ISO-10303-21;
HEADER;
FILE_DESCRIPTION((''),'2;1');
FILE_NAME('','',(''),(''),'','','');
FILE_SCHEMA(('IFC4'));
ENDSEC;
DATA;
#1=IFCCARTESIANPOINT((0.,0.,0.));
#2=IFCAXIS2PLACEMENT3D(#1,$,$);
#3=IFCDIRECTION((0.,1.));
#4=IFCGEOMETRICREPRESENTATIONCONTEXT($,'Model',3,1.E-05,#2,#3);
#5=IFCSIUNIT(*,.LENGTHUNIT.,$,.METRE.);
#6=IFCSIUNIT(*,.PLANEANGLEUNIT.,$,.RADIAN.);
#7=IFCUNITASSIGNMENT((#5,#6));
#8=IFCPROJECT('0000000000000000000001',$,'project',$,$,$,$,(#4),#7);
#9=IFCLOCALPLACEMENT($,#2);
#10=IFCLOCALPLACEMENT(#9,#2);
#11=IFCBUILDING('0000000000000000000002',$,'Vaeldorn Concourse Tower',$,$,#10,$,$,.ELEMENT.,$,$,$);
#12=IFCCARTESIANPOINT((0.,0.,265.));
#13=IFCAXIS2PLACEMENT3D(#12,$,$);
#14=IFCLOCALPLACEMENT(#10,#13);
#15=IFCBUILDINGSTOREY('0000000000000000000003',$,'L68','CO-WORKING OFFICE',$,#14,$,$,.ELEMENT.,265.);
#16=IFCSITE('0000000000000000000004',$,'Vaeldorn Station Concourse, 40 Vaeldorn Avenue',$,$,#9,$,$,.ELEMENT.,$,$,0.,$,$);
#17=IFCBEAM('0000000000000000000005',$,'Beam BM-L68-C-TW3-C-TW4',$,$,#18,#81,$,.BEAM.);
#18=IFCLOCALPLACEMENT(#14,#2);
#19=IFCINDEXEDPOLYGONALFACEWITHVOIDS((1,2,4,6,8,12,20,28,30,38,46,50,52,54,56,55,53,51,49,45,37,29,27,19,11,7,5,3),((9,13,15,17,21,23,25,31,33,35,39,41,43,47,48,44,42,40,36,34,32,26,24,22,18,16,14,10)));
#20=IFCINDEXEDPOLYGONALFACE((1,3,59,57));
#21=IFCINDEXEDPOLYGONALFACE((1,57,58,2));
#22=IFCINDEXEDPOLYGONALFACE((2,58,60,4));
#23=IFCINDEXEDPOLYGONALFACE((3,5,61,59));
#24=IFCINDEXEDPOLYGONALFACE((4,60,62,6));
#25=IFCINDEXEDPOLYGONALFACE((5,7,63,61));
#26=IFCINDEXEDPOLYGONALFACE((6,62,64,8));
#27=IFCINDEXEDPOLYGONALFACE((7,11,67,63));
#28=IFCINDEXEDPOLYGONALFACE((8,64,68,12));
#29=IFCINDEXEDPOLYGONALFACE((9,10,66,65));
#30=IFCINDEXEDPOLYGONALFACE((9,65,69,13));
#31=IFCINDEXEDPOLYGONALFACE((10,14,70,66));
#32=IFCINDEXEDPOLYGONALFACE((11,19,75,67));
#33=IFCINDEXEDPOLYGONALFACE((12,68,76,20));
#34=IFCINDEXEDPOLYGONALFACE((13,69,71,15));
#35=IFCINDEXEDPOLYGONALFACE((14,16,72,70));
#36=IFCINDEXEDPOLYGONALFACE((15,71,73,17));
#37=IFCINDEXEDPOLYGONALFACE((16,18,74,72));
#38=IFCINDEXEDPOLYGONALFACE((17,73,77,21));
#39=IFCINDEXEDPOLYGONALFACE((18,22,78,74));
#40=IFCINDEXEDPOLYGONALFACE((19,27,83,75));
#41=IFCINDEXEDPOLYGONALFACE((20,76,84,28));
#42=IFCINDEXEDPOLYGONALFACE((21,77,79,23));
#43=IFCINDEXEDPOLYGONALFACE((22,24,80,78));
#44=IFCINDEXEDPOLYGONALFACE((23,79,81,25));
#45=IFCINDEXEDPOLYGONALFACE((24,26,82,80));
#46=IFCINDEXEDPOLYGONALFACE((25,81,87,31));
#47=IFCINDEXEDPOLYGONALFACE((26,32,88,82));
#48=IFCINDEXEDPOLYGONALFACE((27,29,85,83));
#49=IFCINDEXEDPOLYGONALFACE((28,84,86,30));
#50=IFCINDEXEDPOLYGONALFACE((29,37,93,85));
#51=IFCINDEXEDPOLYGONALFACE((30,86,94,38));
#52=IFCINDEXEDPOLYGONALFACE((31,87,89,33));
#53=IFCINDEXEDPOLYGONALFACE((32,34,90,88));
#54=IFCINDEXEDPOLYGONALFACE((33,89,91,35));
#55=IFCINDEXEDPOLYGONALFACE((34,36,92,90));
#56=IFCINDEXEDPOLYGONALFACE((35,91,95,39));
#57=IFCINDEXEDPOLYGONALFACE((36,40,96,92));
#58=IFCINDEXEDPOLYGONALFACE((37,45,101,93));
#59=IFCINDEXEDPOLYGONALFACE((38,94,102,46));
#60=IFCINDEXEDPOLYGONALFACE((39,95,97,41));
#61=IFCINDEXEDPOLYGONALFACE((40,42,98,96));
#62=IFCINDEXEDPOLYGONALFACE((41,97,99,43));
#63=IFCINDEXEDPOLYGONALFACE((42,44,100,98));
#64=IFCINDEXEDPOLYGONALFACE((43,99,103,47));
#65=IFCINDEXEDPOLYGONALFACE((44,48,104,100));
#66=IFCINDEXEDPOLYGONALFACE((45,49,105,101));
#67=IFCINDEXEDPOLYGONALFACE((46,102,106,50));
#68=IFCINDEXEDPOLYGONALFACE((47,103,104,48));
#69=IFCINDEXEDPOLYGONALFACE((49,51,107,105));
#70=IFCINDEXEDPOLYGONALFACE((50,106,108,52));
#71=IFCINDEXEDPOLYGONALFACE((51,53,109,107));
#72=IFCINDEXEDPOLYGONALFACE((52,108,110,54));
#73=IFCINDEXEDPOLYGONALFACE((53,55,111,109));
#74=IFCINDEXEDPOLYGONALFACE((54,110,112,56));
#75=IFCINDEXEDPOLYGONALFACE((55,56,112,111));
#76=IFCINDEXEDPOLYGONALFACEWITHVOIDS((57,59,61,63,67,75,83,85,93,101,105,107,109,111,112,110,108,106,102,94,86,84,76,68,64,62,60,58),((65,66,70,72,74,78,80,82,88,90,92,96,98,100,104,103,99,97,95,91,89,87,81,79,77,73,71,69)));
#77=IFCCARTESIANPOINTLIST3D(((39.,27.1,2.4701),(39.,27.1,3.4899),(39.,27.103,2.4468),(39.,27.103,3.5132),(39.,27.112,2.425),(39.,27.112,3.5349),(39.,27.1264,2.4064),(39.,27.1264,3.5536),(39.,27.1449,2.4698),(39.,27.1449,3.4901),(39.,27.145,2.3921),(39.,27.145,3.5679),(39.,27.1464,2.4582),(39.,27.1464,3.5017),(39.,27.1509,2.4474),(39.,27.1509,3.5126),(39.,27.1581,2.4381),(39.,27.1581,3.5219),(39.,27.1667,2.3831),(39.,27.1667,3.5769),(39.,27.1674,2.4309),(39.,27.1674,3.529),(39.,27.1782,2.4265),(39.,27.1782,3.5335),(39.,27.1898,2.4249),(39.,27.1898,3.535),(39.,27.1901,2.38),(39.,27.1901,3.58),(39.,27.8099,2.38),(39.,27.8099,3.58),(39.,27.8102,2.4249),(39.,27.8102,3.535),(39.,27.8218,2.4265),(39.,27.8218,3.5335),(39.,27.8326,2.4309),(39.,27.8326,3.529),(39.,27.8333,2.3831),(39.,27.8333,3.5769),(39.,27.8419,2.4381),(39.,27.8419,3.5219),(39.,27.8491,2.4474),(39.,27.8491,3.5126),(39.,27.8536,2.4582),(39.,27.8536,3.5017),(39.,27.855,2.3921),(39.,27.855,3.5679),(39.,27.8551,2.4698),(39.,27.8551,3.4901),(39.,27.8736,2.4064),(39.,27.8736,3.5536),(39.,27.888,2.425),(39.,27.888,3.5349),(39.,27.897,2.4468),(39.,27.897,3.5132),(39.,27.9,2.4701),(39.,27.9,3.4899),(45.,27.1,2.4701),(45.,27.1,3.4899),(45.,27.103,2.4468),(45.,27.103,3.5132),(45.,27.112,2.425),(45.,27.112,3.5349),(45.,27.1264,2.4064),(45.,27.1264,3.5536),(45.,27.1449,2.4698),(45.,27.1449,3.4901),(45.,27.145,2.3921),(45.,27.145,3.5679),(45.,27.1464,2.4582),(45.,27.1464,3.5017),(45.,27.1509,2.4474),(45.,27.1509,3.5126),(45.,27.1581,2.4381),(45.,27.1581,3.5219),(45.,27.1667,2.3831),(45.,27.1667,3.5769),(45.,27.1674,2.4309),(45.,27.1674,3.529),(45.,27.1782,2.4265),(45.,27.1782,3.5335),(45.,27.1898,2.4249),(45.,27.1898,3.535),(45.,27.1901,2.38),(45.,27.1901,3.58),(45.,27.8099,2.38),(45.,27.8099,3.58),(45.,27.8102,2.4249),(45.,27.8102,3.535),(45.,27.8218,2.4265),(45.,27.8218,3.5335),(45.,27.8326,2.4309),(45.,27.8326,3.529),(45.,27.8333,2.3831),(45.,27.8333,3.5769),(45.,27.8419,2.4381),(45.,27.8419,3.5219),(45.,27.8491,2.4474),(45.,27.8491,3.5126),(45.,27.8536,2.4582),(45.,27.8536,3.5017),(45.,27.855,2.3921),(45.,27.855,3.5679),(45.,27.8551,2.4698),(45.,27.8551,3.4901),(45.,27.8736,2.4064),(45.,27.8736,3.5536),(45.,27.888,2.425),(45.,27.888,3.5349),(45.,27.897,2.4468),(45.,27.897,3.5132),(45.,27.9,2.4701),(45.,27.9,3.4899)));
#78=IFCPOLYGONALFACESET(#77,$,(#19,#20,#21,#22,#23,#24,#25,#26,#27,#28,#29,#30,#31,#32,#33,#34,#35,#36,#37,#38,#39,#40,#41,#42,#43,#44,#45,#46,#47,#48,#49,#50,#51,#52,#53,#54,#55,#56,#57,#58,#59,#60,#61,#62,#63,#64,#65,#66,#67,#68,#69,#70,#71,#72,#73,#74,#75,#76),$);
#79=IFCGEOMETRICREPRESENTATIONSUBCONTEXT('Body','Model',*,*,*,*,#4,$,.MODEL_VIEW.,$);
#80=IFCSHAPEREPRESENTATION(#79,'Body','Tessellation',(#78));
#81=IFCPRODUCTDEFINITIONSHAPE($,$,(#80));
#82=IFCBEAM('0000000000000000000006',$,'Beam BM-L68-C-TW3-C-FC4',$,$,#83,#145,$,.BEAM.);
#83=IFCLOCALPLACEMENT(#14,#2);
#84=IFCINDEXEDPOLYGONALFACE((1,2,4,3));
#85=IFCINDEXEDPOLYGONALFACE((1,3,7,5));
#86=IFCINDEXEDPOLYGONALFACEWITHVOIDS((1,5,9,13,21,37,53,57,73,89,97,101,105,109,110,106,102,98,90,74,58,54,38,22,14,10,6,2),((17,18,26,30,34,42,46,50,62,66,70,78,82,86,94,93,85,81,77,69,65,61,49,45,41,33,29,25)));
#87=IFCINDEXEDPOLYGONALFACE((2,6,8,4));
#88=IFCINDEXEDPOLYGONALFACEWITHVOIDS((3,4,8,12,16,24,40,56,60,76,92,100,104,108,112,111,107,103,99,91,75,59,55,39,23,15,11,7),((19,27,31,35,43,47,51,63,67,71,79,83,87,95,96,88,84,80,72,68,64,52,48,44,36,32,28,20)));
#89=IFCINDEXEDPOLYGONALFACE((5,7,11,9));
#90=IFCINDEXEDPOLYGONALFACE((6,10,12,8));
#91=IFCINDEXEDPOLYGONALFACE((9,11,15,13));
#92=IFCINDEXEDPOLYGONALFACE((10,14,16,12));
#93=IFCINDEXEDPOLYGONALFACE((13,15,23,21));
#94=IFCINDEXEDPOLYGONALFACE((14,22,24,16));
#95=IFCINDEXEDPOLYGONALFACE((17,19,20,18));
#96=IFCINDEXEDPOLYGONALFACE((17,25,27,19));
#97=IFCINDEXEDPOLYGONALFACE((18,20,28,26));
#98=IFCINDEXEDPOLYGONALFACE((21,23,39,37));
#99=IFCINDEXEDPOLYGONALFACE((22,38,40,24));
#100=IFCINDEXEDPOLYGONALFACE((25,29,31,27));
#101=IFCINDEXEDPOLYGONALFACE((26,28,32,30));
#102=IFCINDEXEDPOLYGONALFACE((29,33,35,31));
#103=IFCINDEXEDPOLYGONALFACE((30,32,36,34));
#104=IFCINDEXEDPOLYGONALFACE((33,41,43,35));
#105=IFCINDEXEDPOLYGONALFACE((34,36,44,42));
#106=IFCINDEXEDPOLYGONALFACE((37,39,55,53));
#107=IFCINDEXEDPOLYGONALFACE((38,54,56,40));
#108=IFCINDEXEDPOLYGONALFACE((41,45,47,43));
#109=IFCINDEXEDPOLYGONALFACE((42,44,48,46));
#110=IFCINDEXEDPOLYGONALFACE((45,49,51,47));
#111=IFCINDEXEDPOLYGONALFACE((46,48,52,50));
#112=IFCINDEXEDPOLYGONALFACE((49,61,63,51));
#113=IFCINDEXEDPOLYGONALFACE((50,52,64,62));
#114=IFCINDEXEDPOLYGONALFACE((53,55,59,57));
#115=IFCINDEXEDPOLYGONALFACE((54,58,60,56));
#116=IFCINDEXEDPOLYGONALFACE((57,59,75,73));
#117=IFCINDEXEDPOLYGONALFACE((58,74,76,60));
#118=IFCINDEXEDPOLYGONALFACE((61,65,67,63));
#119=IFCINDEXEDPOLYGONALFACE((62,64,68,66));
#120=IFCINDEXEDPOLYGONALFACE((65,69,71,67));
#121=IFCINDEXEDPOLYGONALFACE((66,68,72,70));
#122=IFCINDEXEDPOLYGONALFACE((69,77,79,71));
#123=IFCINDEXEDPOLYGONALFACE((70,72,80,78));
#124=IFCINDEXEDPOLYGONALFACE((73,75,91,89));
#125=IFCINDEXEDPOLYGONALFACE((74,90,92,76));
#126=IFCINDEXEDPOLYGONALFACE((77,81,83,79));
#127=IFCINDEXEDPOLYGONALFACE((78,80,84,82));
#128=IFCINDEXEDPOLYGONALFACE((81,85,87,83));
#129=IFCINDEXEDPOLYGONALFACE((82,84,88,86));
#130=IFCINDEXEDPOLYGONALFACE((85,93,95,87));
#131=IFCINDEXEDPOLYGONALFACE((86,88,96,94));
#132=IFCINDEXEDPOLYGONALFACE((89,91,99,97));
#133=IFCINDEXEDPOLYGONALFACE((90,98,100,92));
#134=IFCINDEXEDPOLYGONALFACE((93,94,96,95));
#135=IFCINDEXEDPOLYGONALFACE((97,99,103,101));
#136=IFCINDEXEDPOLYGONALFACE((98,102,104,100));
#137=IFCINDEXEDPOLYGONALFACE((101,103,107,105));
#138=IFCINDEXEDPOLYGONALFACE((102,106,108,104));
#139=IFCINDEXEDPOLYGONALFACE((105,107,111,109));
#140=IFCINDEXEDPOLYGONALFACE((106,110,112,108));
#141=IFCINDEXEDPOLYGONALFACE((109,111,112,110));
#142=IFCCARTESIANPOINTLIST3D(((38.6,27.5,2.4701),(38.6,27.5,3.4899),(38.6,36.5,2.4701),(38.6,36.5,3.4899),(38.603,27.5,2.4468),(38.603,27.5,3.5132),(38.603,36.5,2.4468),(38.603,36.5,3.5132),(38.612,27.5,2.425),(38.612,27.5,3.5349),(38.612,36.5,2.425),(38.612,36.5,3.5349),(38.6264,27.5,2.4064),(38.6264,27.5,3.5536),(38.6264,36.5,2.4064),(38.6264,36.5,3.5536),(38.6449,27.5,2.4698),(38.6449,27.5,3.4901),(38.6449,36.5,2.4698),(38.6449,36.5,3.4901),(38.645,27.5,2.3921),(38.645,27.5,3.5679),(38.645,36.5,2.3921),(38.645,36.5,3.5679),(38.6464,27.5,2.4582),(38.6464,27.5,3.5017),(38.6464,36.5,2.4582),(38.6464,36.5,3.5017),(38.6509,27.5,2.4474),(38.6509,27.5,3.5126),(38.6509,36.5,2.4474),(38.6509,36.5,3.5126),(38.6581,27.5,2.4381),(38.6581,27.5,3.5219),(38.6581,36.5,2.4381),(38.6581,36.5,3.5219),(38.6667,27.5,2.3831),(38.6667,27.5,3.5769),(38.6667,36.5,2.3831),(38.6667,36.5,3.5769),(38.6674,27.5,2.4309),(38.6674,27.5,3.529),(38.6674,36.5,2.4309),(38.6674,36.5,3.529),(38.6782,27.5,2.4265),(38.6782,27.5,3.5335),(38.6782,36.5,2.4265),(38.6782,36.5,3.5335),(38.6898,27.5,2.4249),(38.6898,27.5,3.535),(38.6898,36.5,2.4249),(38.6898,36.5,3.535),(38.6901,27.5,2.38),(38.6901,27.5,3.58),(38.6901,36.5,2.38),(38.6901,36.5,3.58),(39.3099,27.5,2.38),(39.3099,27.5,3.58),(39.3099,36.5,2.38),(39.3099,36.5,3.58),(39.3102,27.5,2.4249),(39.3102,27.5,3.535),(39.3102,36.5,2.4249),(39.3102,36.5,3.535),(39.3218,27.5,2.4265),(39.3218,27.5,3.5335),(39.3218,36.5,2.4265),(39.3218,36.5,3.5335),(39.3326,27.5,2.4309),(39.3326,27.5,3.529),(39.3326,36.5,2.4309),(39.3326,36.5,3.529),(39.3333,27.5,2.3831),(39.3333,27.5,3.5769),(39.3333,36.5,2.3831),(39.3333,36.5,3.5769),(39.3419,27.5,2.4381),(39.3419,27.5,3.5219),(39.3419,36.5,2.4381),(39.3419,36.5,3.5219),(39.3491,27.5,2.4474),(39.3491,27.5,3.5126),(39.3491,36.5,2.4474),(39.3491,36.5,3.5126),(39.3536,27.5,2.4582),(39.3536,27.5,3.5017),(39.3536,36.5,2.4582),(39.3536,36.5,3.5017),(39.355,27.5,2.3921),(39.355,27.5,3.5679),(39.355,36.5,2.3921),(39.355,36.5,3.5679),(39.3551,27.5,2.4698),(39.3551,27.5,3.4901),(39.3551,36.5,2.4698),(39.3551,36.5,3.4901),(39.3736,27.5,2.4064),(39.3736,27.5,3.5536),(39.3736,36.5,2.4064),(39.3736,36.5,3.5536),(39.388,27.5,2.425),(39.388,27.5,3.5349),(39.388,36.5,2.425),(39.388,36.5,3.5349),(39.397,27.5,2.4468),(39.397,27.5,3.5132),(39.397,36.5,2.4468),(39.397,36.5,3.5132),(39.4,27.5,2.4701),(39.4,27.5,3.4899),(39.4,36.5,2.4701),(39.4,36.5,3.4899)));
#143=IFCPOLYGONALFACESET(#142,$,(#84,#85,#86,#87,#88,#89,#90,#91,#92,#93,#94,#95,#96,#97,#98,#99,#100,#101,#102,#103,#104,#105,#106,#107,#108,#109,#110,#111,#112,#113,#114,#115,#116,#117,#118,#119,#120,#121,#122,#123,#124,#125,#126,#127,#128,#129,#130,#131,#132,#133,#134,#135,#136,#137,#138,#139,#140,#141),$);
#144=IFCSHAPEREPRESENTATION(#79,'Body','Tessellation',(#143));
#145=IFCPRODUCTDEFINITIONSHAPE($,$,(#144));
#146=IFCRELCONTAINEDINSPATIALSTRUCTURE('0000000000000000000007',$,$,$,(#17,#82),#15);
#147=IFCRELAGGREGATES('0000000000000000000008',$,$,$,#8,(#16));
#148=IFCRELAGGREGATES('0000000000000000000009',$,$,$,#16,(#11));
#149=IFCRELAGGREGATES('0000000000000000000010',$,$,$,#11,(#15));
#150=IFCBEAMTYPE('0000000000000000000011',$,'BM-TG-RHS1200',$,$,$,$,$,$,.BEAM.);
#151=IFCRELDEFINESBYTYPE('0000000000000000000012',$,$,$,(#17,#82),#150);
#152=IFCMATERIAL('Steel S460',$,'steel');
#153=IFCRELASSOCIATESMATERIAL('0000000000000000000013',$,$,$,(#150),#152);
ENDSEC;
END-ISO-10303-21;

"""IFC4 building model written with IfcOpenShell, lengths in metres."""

from ifc_helpers import new_model, si_unit, direction, frame, origin, origin_2d, place, context, subcontext, project, spatial, hollow_rectangle, extrude, source, transform, mapped, material, material_profile, profile_set, type_object, element, save


model = new_model("IFC4")

# Units and contexts
model_context = context("Model", 3, precision=1e-05, world=origin(), true_north=direction((0.0, 1.0)))
body_context = subcontext(model_context, "Body", "Model", "MODEL_VIEW")
ifc_project = project(units=[si_unit("LENGTHUNIT", "METRE"), si_unit("PLANEANGLEUNIT", "RADIAN")], contexts=[model_context])

# Site, building, storey
site_placement = place(None, origin())
site = spatial("IfcSite", under=ifc_project, at=site_placement, Name="Vaeldorn Station Concourse, 40 Vaeldorn Avenue", CompositionType="ELEMENT", RefElevation=0.0)
building_placement = place(site_placement, origin())
building = spatial("IfcBuilding", under=site, at=building_placement, Name="Vaeldorn Concourse Tower", CompositionType="ELEMENT")
storey_placement = place(building_placement, frame((0.0, 0.0, 265.0)))
storey = spatial("IfcBuildingStorey", under=building, at=storey_placement, Name="L68", Description="CO-WORKING OFFICE", CompositionType="ELEMENT", Elevation=265.0)

# Beams
ifc_material_1 = material(Name="Steel S460", Category="steel")
ifc_material_profile_1 = material_profile(ifc_material_1, hollow_rectangle(XDim=0.8, YDim=1.2, WallThickness=0.0449, InnerFilletRadius=0.0449, OuterFilletRadius=0.0901, at=origin_2d()), Name="RHS 1200x800x45")
ifc_profile_set_1 = profile_set([ifc_material_profile_1], Name="Steel S460")
beam_type_1 = type_object("IfcBeamType", Name="BM-TG-RHS1200", PredefinedType="BEAM", material=ifc_profile_set_1)
shared_shape_1 = source(origin(), body_context, "Body", "SweptSolid", [
    extrude(hollow_rectangle(XDim=0.8, YDim=1.2, WallThickness=0.0449, InnerFilletRadius=0.0449, OuterFilletRadius=0.0901, at=origin_2d()), origin(), (0.0, 0.0, 1.0), 6.0),
])
beam_1_placement = place(storey_placement, frame((39.0, 27.5, 2.98), z_axis=(1.0, 0.0, 0.0), x_axis=(0.0, 1.0, 0.0)))
element("IfcBeam", 1, at=beam_1_placement, inside=storey, type_object=beam_type_1, Name="Beam BM-L68-C-TW3-C-TW4", PredefinedType="BEAM", context=body_context, shape_type="MappedRepresentation", body=[
    mapped(shared_shape_1, transform((0.0, 0.0, 0.0), scale=1.0)),
])
shared_shape_2 = source(origin(), body_context, "Body", "SweptSolid", [
    extrude(hollow_rectangle(XDim=0.8, YDim=1.2, WallThickness=0.0449, InnerFilletRadius=0.0449, OuterFilletRadius=0.0901, at=origin_2d()), origin(), (0.0, 0.0, 1.0), 9.0),
])
for number, where, z_axis, x_axis, name in (
    (2, (39.0, 27.5, 2.98), (0.0, 1.0, 0.0), (-1.0, 0.0, 0.0), "Beam BM-L68-C-TW3-C-FC4"),
):
    element("IfcBeam", number, at=place(storey_placement, frame(where, z_axis=z_axis, x_axis=x_axis)), inside=storey, type_object=beam_type_1, Name=name, PredefinedType="BEAM", context=body_context, shape_type="MappedRepresentation", body=[
        mapped(shared_shape_2, transform((0.0, 0.0, 0.0), scale=1.0)),
    ])

save(model, "model.ifc")
